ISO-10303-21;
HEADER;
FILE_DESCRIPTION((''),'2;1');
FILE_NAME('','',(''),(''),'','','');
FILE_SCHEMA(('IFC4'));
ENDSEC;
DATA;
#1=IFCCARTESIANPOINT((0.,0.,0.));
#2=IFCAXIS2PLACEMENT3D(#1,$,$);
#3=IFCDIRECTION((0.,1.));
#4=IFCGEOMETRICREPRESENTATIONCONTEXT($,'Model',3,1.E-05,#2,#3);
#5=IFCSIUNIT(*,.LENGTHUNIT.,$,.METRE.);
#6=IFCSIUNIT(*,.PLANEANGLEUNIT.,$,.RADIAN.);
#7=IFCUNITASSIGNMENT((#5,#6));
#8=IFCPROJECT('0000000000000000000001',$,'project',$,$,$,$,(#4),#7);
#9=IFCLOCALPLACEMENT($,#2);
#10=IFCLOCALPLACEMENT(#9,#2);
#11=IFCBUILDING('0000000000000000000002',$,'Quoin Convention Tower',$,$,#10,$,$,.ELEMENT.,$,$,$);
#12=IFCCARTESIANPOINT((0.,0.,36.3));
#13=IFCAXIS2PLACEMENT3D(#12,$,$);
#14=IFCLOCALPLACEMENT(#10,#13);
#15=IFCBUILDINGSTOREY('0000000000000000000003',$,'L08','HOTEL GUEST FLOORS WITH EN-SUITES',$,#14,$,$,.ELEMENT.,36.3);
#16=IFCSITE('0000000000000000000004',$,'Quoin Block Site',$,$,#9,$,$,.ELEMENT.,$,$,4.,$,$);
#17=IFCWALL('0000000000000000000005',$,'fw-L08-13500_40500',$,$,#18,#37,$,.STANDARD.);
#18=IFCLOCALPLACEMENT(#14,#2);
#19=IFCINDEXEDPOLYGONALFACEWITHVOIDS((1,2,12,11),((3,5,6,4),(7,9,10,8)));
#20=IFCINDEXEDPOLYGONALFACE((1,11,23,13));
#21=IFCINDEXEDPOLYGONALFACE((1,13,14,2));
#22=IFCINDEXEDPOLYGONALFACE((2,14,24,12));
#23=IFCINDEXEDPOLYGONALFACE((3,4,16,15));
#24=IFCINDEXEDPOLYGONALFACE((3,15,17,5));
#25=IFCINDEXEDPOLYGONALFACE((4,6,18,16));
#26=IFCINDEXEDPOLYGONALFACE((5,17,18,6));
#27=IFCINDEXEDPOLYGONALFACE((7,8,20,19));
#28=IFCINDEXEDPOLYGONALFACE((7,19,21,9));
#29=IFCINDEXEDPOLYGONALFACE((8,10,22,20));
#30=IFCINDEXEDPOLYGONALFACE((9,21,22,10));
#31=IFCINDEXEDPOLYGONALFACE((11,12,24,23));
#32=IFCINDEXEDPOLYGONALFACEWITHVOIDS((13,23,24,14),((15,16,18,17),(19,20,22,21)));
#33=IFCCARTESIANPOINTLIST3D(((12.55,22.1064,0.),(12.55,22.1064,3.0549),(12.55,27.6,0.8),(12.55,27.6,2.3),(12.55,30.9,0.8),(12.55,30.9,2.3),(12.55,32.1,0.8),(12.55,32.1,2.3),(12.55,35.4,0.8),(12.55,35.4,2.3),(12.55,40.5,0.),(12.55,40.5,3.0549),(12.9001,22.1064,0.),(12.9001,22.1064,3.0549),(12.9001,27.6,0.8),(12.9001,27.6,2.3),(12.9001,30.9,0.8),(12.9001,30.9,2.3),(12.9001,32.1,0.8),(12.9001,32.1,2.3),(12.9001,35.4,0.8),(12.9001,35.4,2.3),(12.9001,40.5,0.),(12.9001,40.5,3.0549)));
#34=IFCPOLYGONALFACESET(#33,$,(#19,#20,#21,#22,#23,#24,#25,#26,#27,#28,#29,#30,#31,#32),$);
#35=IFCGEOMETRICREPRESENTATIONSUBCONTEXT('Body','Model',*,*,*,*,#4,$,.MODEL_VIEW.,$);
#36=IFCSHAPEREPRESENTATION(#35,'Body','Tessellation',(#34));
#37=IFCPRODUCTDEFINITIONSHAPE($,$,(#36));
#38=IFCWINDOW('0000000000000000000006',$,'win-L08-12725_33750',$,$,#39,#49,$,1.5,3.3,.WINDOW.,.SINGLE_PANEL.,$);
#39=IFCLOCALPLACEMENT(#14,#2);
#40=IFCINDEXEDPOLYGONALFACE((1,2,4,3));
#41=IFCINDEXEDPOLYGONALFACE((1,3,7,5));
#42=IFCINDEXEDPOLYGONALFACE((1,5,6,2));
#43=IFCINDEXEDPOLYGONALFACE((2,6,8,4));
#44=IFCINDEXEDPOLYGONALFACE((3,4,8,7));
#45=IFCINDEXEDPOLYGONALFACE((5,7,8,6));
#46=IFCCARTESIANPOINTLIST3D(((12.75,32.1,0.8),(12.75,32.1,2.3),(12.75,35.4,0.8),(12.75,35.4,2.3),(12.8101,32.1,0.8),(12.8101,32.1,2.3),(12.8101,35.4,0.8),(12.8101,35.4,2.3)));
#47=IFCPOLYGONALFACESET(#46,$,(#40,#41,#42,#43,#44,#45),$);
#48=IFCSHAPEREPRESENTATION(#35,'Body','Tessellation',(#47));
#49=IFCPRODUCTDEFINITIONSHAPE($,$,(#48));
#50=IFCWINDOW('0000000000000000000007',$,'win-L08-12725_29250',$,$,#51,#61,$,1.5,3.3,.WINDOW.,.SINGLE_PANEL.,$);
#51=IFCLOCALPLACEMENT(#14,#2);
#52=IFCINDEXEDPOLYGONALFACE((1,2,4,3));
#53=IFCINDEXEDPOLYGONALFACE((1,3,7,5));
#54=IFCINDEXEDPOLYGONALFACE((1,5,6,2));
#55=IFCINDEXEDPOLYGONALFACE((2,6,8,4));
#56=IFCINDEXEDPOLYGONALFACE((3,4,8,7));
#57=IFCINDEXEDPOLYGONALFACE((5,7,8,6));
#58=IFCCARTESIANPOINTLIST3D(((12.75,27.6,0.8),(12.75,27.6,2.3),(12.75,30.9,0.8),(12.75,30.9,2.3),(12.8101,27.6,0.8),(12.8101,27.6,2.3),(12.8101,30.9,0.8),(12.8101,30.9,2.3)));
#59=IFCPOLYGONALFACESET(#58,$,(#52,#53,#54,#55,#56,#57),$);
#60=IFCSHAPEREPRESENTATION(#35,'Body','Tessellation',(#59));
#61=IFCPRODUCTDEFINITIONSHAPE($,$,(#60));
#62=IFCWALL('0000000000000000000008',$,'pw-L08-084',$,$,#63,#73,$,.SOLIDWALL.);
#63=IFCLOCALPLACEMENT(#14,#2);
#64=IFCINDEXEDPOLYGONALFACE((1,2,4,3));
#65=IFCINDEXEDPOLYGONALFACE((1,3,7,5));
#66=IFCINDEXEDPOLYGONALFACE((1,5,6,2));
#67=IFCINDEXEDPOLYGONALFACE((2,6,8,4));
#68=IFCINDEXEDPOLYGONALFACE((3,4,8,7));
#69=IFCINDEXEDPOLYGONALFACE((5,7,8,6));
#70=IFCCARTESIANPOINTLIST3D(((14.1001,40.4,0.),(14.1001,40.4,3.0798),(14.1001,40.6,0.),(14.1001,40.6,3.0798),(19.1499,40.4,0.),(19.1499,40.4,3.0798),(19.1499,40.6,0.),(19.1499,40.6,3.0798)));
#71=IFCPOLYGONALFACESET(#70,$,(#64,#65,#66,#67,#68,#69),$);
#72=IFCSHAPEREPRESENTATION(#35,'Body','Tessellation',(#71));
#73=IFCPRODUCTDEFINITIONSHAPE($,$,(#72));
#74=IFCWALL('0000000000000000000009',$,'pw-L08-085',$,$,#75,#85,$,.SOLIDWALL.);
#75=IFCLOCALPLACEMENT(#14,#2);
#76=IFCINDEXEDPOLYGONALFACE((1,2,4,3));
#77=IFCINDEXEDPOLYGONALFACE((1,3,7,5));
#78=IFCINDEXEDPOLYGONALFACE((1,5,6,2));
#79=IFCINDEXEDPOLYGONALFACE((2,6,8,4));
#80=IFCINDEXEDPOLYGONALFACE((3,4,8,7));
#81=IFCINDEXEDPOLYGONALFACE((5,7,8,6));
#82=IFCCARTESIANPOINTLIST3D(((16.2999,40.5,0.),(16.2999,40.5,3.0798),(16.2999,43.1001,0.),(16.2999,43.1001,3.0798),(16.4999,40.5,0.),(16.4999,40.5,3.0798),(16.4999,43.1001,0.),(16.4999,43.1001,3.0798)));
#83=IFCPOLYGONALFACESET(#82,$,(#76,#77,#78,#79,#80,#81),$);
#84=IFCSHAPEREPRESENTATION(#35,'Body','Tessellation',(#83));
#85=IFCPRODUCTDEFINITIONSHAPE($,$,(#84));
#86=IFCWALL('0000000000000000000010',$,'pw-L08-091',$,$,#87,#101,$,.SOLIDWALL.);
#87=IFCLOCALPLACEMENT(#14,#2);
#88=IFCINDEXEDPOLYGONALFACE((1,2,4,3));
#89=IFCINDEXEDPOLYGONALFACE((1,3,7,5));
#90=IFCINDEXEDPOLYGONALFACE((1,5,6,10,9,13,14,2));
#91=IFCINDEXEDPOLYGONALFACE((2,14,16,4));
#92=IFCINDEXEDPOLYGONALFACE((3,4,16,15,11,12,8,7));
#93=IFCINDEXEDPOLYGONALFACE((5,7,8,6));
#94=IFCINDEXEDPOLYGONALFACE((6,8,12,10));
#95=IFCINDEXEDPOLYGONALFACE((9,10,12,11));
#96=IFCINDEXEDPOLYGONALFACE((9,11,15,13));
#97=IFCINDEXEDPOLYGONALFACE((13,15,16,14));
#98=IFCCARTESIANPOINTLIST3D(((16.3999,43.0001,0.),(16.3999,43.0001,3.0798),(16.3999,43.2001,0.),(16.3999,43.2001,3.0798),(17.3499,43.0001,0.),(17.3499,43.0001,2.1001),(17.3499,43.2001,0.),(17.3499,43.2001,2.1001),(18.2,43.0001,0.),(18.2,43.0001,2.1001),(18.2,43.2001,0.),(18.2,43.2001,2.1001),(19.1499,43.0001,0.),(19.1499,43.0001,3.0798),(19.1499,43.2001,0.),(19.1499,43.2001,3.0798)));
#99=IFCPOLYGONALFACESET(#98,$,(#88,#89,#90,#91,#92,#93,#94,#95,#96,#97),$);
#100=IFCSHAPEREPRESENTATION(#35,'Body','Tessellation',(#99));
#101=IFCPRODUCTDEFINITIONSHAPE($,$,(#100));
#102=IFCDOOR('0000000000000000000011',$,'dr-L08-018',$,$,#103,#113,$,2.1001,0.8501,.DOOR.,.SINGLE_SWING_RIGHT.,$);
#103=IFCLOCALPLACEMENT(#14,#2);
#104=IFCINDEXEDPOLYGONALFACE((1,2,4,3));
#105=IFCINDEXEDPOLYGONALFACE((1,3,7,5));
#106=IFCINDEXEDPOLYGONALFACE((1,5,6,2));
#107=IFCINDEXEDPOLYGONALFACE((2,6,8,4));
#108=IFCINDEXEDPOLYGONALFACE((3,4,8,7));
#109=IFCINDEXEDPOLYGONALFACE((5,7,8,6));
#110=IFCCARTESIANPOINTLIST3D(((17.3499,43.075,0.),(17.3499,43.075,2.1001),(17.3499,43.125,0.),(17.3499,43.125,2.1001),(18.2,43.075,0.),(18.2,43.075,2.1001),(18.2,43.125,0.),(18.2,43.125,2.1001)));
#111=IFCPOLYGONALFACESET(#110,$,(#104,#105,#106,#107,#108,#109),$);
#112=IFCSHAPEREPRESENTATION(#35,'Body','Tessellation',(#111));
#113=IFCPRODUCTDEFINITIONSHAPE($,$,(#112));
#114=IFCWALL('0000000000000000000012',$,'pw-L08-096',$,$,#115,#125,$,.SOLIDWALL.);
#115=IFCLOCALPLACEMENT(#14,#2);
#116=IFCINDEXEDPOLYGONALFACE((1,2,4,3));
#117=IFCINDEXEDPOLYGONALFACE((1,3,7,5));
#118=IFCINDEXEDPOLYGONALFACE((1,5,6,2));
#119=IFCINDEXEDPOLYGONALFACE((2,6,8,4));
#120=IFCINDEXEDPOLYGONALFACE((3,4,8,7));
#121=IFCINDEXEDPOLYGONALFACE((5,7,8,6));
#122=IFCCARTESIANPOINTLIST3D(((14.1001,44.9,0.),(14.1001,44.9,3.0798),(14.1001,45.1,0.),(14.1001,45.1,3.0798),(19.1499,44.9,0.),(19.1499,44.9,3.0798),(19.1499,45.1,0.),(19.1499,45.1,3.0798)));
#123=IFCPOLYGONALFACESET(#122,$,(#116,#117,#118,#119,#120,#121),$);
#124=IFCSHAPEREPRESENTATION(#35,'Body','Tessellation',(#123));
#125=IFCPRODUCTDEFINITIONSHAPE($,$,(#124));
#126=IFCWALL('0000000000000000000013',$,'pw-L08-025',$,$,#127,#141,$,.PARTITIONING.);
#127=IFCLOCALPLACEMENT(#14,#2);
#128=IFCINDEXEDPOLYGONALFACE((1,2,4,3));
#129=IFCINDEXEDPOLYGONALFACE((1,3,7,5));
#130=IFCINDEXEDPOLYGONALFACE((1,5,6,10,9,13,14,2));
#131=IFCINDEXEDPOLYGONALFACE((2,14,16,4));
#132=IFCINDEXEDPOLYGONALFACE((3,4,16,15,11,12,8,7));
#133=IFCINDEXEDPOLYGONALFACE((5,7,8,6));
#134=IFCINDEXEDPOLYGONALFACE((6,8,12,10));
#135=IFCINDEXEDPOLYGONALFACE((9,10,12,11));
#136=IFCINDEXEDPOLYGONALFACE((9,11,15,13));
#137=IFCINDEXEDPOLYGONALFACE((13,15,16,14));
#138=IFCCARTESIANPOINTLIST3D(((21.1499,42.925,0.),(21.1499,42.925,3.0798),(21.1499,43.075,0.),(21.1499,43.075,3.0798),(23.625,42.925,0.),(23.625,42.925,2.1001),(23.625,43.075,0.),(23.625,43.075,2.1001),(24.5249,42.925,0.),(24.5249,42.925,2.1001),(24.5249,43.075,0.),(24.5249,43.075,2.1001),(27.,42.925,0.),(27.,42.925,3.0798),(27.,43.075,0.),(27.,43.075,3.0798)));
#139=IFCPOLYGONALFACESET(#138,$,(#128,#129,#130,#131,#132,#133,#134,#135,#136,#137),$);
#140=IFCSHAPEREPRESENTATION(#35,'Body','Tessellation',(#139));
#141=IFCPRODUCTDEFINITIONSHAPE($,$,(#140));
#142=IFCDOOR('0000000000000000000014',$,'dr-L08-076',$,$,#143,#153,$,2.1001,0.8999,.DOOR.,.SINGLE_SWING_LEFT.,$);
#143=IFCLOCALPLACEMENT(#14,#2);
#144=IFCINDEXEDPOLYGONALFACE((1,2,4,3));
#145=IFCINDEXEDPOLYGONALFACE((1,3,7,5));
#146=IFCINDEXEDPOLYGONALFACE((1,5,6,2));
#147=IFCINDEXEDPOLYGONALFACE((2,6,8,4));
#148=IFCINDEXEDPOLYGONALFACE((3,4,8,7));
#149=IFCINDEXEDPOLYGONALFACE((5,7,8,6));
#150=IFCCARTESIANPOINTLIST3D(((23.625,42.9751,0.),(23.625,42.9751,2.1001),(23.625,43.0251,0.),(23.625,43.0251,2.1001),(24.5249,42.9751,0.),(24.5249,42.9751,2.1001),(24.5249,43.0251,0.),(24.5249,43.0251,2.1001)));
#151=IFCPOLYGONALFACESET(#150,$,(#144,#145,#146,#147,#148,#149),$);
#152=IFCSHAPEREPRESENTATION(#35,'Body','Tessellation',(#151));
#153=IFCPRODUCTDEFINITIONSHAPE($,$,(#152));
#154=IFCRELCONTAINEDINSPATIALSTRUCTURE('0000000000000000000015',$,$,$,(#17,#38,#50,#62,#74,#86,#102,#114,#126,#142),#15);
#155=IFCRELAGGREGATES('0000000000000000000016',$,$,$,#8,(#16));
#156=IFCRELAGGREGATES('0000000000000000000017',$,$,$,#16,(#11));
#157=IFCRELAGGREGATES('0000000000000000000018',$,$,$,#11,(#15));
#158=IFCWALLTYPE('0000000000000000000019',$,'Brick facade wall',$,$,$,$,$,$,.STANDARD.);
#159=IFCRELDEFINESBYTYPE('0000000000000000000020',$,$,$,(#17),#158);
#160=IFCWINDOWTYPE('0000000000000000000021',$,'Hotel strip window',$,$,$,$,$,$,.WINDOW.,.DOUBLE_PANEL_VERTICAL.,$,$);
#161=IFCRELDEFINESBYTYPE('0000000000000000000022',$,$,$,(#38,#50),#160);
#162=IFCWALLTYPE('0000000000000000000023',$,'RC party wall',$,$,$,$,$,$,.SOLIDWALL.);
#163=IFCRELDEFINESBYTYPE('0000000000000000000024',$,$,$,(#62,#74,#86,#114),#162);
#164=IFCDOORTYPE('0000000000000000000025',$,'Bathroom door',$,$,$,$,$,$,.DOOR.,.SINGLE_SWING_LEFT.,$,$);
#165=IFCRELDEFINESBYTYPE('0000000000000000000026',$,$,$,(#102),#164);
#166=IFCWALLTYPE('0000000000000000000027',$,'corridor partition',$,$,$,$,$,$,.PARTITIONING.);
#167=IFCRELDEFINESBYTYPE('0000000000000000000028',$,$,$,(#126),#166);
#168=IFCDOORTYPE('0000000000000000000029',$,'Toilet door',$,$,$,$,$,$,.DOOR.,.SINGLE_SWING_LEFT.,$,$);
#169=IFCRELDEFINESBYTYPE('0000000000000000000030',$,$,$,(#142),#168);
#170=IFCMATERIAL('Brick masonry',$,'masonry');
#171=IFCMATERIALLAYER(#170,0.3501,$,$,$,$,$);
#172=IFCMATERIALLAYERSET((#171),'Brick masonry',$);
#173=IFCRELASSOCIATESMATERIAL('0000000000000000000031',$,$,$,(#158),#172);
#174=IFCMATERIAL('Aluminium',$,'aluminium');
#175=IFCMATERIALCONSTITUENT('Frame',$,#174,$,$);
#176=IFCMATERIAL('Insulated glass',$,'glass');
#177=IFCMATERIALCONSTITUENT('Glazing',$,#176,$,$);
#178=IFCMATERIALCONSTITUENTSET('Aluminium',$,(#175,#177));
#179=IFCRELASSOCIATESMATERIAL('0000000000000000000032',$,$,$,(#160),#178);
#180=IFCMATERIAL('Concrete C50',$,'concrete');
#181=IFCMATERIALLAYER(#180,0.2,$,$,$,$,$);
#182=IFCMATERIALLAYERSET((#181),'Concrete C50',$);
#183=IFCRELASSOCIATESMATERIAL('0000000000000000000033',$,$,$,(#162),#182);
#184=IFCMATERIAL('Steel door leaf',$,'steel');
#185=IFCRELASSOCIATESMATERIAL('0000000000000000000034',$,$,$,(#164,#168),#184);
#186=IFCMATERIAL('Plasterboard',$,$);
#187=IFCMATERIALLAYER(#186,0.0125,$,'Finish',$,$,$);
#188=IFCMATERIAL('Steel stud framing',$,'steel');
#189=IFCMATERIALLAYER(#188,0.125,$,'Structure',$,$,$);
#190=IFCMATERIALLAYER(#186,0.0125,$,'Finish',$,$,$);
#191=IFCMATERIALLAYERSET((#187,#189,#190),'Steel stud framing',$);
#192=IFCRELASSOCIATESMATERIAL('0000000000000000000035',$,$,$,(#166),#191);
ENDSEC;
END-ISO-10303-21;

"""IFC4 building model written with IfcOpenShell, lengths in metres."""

from ifc_helpers import new_model, si_unit, direction, frame, frame_2d, origin, place, context, subcontext, project, spatial, rectangle, extrude, material, layer, layer_set, constituent, constituent_set, type_object, element, fill, save


model = new_model("IFC4")

# Units and contexts
model_context = context("Model", 3, precision=1e-05, world=origin(), true_north=direction((0.0, 1.0)))
body_context = subcontext(model_context, "Body", "Model", "MODEL_VIEW")
ifc_project = project(units=[si_unit("LENGTHUNIT", "METRE"), si_unit("PLANEANGLEUNIT", "RADIAN")], contexts=[model_context])

# Site, building, storey
site_placement = place(None, origin())
site = spatial("IfcSite", under=ifc_project, at=site_placement, Name="Quoin Block Site", CompositionType="ELEMENT", RefElevation=4.0)
building_placement = place(site_placement, origin())
building = spatial("IfcBuilding", under=site, at=building_placement, Name="Quoin Convention Tower", CompositionType="ELEMENT")
storey_placement = place(building_placement, frame((0.0, 0.0, 36.3)))
storey = spatial("IfcBuildingStorey", under=building, at=storey_placement, Name="L08", Description="HOTEL GUEST FLOORS WITH EN-SUITES", CompositionType="ELEMENT", Elevation=36.3)

# Wall, openings, windows
ifc_material_1 = material(Name="Brick masonry", Category="masonry")
ifc_layer_1 = layer(ifc_material_1, 0.3501)
ifc_layer_set_1 = layer_set([ifc_layer_1], Name="Brick masonry")
wall_type_1 = type_object("IfcWallType", Name="Brick facade wall", PredefinedType="STANDARD", material=ifc_layer_set_1)
wall_1_placement = place(storey_placement, frame((12.7251, 40.5, 0.0), z_axis=(0.0, 0.0, 1.0), x_axis=(0.0, -1.0, 0.0)))
wall_1 = element("IfcWall", 1, at=wall_1_placement, inside=storey, type_object=wall_type_1, Name="fw-L08-13500_40500", PredefinedType="STANDARD", context=body_context, shape_type="SweptSolid", body=[
    extrude(rectangle(XDim=18.3936, YDim=0.3501, at=frame_2d((9.1968, 0.0))), origin(), (0.0, 0.0, 1.0), 3.0549),
])
opening_1_placement = place(wall_1_placement, frame((5.1001, 0.0, 0.8)))
opening_1 = element("IfcOpeningElement", 2, at=opening_1_placement, cuts=wall_1, PredefinedType="OPENING", context=body_context, shape_type="SweptSolid", body=[
    extrude(rectangle(XDim=3.3, YDim=1.5, at=frame_2d((1.6499, 0.75))), frame((0.0, 0.1851, 0.0), z_axis=(0.0, -1.0, 0.0), x_axis=(1.0, 0.0, 0.0)), (0.0, 0.0, 1.0), 0.3701),
])
opening_2_placement = place(wall_1_placement, frame((9.6001, 0.0, 0.8)))
opening_2 = element("IfcOpeningElement", 3, at=opening_2_placement, cuts=wall_1, PredefinedType="OPENING", context=body_context, shape_type="SweptSolid", body=[
    extrude(rectangle(XDim=3.3, YDim=1.5, at=frame_2d((1.6499, 0.75))), frame((0.0, 0.1851, 0.0), z_axis=(0.0, -1.0, 0.0), x_axis=(1.0, 0.0, 0.0)), (0.0, 0.0, 1.0), 0.3701),
])
ifc_material_2 = material(Name="Aluminium", Category="aluminium")
ifc_constituent_1 = constituent(ifc_material_2, Name="Frame")
ifc_material_3 = material(Name="Insulated glass", Category="glass")
ifc_constituent_2 = constituent(ifc_material_3, Name="Glazing")
ifc_constituent_set = constituent_set(constituents=[ifc_constituent_1, ifc_constituent_2], Name="Aluminium")
window_type = type_object("IfcWindowType", Name="Hotel strip window", PartitioningType="DOUBLE_PANEL_VERTICAL", PredefinedType="WINDOW", material=ifc_constituent_set)
window_1_placement = place(opening_1_placement, origin())
window_1 = element("IfcWindow", 4, at=window_1_placement, inside=storey, type_object=window_type, Name="win-L08-12725_33750", OverallHeight=1.5, OverallWidth=3.3, PartitioningType="SINGLE_PANEL", PredefinedType="WINDOW", context=body_context, shape_type="SweptSolid", body=[
    extrude(rectangle(XDim=3.3, YDim=1.5, at=frame_2d((1.6499, 0.75))), frame((0.0, 0.085, 0.0), z_axis=(0.0, -1.0, 0.0), x_axis=(1.0, 0.0, 0.0)), (0.0, 0.0, 1.0), 0.0601),
])
fill(opening_1, window_1)
window_2_placement = place(opening_2_placement, origin())
window_2 = element("IfcWindow", 5, at=window_2_placement, inside=storey, type_object=window_type, Name="win-L08-12725_29250", OverallHeight=1.5, OverallWidth=3.3, PartitioningType="SINGLE_PANEL", PredefinedType="WINDOW", context=body_context, shape_type="SweptSolid", body=[
    extrude(rectangle(XDim=3.3, YDim=1.5, at=frame_2d((1.6499, 0.75))), frame((0.0, 0.085, 0.0), z_axis=(0.0, -1.0, 0.0), x_axis=(1.0, 0.0, 0.0)), (0.0, 0.0, 1.0), 0.0601),
])
fill(opening_2, window_2)

# Walls
ifc_material_4 = material(Name="Concrete C50", Category="concrete")
ifc_layer_2 = layer(ifc_material_4, 0.2)
ifc_layer_set_2 = layer_set([ifc_layer_2], Name="Concrete C50")
wall_type_2 = type_object("IfcWallType", Name="RC party wall", PredefinedType="SOLIDWALL", material=ifc_layer_set_2)
wall_2_placement = place(storey_placement, frame((14.1001, 40.5, 0.0), z_axis=(0.0, 0.0, 1.0), x_axis=(1.0, 0.0, 0.0)))
element("IfcWall", 6, at=wall_2_placement, inside=storey, type_object=wall_type_2, Name="pw-L08-084", PredefinedType="SOLIDWALL", context=body_context, shape_type="SweptSolid", body=[
    extrude(rectangle(XDim=5.0498, YDim=0.2, at=frame_2d((2.5249, 0.0))), origin(), (0.0, 0.0, 1.0), 3.0798),
])
wall_3_placement = place(storey_placement, frame((16.3999, 40.5, 0.0), z_axis=(0.0, 0.0, 1.0), x_axis=(0.0, 1.0, 0.0)))
element("IfcWall", 7, at=wall_3_placement, inside=storey, type_object=wall_type_2, Name="pw-L08-085", PredefinedType="SOLIDWALL", context=body_context, shape_type="SweptSolid", body=[
    extrude(rectangle(XDim=2.6001, YDim=0.2, at=frame_2d((1.3, 0.0))), origin(), (0.0, 0.0, 1.0), 3.0798),
])

# Wall, opening, door
wall_4_placement = place(storey_placement, frame((16.3999, 43.1001, 0.0), z_axis=(0.0, 0.0, 1.0), x_axis=(1.0, 0.0, 0.0)))
wall_4 = element("IfcWall", 8, at=wall_4_placement, inside=storey, type_object=wall_type_2, Name="pw-L08-091", PredefinedType="SOLIDWALL", context=body_context, shape_type="SweptSolid", body=[
    extrude(rectangle(XDim=2.75, YDim=0.2, at=frame_2d((1.375, 0.0))), origin(), (0.0, 0.0, 1.0), 3.0798),
])
opening_3_placement = place(wall_4_placement, frame((0.95, 0.0, 0.0)))
opening_3 = element("IfcOpeningElement", 9, at=opening_3_placement, cuts=wall_4, PredefinedType="OPENING", context=body_context, shape_type="SweptSolid", body=[
    extrude(rectangle(XDim=0.8501, YDim=2.1001, at=frame_2d((0.425, 1.05))), frame((0.0, 0.1099, 0.0), z_axis=(0.0, -1.0, 0.0), x_axis=(1.0, 0.0, 0.0)), (0.0, 0.0, 1.0), 0.22),
])
ifc_material_5 = material(Name="Steel door leaf", Category="steel")
door_type_1 = type_object("IfcDoorType", Name="Bathroom door", OperationType="SINGLE_SWING_LEFT", PredefinedType="DOOR", material=ifc_material_5)
door_1_placement = place(opening_3_placement, origin())
door_1 = element("IfcDoor", 10, at=door_1_placement, inside=storey, type_object=door_type_1, Name="dr-L08-018", OperationType="SINGLE_SWING_RIGHT", OverallHeight=2.1001, OverallWidth=0.8501, PredefinedType="DOOR", context=body_context, shape_type="SweptSolid", body=[
    extrude(rectangle(XDim=0.8501, YDim=2.1001, at=frame_2d((0.425, 1.05))), frame((0.0, 0.0249, 0.0), z_axis=(0.0, -1.0, 0.0), x_axis=(1.0, 0.0, 0.0)), (0.0, 0.0, 1.0), 0.05),
])
fill(opening_3, door_1)

# Wall
wall_5_placement = place(storey_placement, frame((14.1001, 45.0, 0.0), z_axis=(0.0, 0.0, 1.0), x_axis=(1.0, 0.0, 0.0)))
element("IfcWall", 11, at=wall_5_placement, inside=storey, type_object=wall_type_2, Name="pw-L08-096", PredefinedType="SOLIDWALL", context=body_context, shape_type="SweptSolid", body=[
    extrude(rectangle(XDim=5.0498, YDim=0.2, at=frame_2d((2.5249, 0.0))), origin(), (0.0, 0.0, 1.0), 3.0798),
])

# Wall, opening, door
ifc_material_6 = material(Name="Plasterboard")
ifc_layer_3 = layer(ifc_material_6, 0.0125, Name="Finish")
ifc_material_7 = material(Name="Steel stud framing", Category="steel")
ifc_layer_4 = layer(ifc_material_7, 0.125, Name="Structure")
ifc_layer_5 = layer(ifc_material_6, 0.0125, Name="Finish")
ifc_layer_set_3 = layer_set([ifc_layer_3, ifc_layer_4, ifc_layer_5], Name="Steel stud framing")
wall_type_3 = type_object("IfcWallType", Name="corridor partition", PredefinedType="PARTITIONING", material=ifc_layer_set_3)
wall_6_placement = place(storey_placement, frame((21.1499, 43.0, 0.0), z_axis=(0.0, 0.0, 1.0), x_axis=(1.0, 0.0, 0.0)))
wall_6 = element("IfcWall", 12, at=wall_6_placement, inside=storey, type_object=wall_type_3, Name="pw-L08-025", PredefinedType="PARTITIONING", context=body_context, shape_type="SweptSolid", body=[
    extrude(rectangle(XDim=5.8501, YDim=0.1499, at=frame_2d((2.925, 0.0))), origin(), (0.0, 0.0, 1.0), 3.0798),
])
opening_4_placement = place(wall_6_placement, frame((2.4751, 0.0, 0.0)))
opening_4 = element("IfcOpeningElement", 13, at=opening_4_placement, cuts=wall_6, PredefinedType="OPENING", context=body_context, shape_type="SweptSolid", body=[
    extrude(rectangle(XDim=0.8999, YDim=2.1001, at=frame_2d((0.45, 1.05))), frame((0.0, 0.085, 0.0), z_axis=(0.0, -1.0, 0.0), x_axis=(1.0, 0.0, 0.0)), (0.0, 0.0, 1.0), 0.1699),
])
door_type_2 = type_object("IfcDoorType", Name="Toilet door", OperationType="SINGLE_SWING_LEFT", PredefinedType="DOOR", material=ifc_material_5)
door_2_placement = place(opening_4_placement, frame((0.8999, 0.0, 0.0), z_axis=(0.0, 0.0, 1.0), x_axis=(-1.0, 0.0, 0.0)))
door_2 = element("IfcDoor", 14, at=door_2_placement, inside=storey, type_object=door_type_2, Name="dr-L08-076", OperationType="SINGLE_SWING_LEFT", OverallHeight=2.1001, OverallWidth=0.8999, PredefinedType="DOOR", context=body_context, shape_type="SweptSolid", body=[
    extrude(rectangle(XDim=0.8999, YDim=2.1001, at=frame_2d((0.45, 1.05))), frame((0.0, 0.0249, 0.0), z_axis=(0.0, -1.0, 0.0), x_axis=(1.0, 0.0, 0.0)), (0.0, 0.0, 1.0), 0.05),
])
fill(opening_4, door_2)

save(model, "model.ifc")
